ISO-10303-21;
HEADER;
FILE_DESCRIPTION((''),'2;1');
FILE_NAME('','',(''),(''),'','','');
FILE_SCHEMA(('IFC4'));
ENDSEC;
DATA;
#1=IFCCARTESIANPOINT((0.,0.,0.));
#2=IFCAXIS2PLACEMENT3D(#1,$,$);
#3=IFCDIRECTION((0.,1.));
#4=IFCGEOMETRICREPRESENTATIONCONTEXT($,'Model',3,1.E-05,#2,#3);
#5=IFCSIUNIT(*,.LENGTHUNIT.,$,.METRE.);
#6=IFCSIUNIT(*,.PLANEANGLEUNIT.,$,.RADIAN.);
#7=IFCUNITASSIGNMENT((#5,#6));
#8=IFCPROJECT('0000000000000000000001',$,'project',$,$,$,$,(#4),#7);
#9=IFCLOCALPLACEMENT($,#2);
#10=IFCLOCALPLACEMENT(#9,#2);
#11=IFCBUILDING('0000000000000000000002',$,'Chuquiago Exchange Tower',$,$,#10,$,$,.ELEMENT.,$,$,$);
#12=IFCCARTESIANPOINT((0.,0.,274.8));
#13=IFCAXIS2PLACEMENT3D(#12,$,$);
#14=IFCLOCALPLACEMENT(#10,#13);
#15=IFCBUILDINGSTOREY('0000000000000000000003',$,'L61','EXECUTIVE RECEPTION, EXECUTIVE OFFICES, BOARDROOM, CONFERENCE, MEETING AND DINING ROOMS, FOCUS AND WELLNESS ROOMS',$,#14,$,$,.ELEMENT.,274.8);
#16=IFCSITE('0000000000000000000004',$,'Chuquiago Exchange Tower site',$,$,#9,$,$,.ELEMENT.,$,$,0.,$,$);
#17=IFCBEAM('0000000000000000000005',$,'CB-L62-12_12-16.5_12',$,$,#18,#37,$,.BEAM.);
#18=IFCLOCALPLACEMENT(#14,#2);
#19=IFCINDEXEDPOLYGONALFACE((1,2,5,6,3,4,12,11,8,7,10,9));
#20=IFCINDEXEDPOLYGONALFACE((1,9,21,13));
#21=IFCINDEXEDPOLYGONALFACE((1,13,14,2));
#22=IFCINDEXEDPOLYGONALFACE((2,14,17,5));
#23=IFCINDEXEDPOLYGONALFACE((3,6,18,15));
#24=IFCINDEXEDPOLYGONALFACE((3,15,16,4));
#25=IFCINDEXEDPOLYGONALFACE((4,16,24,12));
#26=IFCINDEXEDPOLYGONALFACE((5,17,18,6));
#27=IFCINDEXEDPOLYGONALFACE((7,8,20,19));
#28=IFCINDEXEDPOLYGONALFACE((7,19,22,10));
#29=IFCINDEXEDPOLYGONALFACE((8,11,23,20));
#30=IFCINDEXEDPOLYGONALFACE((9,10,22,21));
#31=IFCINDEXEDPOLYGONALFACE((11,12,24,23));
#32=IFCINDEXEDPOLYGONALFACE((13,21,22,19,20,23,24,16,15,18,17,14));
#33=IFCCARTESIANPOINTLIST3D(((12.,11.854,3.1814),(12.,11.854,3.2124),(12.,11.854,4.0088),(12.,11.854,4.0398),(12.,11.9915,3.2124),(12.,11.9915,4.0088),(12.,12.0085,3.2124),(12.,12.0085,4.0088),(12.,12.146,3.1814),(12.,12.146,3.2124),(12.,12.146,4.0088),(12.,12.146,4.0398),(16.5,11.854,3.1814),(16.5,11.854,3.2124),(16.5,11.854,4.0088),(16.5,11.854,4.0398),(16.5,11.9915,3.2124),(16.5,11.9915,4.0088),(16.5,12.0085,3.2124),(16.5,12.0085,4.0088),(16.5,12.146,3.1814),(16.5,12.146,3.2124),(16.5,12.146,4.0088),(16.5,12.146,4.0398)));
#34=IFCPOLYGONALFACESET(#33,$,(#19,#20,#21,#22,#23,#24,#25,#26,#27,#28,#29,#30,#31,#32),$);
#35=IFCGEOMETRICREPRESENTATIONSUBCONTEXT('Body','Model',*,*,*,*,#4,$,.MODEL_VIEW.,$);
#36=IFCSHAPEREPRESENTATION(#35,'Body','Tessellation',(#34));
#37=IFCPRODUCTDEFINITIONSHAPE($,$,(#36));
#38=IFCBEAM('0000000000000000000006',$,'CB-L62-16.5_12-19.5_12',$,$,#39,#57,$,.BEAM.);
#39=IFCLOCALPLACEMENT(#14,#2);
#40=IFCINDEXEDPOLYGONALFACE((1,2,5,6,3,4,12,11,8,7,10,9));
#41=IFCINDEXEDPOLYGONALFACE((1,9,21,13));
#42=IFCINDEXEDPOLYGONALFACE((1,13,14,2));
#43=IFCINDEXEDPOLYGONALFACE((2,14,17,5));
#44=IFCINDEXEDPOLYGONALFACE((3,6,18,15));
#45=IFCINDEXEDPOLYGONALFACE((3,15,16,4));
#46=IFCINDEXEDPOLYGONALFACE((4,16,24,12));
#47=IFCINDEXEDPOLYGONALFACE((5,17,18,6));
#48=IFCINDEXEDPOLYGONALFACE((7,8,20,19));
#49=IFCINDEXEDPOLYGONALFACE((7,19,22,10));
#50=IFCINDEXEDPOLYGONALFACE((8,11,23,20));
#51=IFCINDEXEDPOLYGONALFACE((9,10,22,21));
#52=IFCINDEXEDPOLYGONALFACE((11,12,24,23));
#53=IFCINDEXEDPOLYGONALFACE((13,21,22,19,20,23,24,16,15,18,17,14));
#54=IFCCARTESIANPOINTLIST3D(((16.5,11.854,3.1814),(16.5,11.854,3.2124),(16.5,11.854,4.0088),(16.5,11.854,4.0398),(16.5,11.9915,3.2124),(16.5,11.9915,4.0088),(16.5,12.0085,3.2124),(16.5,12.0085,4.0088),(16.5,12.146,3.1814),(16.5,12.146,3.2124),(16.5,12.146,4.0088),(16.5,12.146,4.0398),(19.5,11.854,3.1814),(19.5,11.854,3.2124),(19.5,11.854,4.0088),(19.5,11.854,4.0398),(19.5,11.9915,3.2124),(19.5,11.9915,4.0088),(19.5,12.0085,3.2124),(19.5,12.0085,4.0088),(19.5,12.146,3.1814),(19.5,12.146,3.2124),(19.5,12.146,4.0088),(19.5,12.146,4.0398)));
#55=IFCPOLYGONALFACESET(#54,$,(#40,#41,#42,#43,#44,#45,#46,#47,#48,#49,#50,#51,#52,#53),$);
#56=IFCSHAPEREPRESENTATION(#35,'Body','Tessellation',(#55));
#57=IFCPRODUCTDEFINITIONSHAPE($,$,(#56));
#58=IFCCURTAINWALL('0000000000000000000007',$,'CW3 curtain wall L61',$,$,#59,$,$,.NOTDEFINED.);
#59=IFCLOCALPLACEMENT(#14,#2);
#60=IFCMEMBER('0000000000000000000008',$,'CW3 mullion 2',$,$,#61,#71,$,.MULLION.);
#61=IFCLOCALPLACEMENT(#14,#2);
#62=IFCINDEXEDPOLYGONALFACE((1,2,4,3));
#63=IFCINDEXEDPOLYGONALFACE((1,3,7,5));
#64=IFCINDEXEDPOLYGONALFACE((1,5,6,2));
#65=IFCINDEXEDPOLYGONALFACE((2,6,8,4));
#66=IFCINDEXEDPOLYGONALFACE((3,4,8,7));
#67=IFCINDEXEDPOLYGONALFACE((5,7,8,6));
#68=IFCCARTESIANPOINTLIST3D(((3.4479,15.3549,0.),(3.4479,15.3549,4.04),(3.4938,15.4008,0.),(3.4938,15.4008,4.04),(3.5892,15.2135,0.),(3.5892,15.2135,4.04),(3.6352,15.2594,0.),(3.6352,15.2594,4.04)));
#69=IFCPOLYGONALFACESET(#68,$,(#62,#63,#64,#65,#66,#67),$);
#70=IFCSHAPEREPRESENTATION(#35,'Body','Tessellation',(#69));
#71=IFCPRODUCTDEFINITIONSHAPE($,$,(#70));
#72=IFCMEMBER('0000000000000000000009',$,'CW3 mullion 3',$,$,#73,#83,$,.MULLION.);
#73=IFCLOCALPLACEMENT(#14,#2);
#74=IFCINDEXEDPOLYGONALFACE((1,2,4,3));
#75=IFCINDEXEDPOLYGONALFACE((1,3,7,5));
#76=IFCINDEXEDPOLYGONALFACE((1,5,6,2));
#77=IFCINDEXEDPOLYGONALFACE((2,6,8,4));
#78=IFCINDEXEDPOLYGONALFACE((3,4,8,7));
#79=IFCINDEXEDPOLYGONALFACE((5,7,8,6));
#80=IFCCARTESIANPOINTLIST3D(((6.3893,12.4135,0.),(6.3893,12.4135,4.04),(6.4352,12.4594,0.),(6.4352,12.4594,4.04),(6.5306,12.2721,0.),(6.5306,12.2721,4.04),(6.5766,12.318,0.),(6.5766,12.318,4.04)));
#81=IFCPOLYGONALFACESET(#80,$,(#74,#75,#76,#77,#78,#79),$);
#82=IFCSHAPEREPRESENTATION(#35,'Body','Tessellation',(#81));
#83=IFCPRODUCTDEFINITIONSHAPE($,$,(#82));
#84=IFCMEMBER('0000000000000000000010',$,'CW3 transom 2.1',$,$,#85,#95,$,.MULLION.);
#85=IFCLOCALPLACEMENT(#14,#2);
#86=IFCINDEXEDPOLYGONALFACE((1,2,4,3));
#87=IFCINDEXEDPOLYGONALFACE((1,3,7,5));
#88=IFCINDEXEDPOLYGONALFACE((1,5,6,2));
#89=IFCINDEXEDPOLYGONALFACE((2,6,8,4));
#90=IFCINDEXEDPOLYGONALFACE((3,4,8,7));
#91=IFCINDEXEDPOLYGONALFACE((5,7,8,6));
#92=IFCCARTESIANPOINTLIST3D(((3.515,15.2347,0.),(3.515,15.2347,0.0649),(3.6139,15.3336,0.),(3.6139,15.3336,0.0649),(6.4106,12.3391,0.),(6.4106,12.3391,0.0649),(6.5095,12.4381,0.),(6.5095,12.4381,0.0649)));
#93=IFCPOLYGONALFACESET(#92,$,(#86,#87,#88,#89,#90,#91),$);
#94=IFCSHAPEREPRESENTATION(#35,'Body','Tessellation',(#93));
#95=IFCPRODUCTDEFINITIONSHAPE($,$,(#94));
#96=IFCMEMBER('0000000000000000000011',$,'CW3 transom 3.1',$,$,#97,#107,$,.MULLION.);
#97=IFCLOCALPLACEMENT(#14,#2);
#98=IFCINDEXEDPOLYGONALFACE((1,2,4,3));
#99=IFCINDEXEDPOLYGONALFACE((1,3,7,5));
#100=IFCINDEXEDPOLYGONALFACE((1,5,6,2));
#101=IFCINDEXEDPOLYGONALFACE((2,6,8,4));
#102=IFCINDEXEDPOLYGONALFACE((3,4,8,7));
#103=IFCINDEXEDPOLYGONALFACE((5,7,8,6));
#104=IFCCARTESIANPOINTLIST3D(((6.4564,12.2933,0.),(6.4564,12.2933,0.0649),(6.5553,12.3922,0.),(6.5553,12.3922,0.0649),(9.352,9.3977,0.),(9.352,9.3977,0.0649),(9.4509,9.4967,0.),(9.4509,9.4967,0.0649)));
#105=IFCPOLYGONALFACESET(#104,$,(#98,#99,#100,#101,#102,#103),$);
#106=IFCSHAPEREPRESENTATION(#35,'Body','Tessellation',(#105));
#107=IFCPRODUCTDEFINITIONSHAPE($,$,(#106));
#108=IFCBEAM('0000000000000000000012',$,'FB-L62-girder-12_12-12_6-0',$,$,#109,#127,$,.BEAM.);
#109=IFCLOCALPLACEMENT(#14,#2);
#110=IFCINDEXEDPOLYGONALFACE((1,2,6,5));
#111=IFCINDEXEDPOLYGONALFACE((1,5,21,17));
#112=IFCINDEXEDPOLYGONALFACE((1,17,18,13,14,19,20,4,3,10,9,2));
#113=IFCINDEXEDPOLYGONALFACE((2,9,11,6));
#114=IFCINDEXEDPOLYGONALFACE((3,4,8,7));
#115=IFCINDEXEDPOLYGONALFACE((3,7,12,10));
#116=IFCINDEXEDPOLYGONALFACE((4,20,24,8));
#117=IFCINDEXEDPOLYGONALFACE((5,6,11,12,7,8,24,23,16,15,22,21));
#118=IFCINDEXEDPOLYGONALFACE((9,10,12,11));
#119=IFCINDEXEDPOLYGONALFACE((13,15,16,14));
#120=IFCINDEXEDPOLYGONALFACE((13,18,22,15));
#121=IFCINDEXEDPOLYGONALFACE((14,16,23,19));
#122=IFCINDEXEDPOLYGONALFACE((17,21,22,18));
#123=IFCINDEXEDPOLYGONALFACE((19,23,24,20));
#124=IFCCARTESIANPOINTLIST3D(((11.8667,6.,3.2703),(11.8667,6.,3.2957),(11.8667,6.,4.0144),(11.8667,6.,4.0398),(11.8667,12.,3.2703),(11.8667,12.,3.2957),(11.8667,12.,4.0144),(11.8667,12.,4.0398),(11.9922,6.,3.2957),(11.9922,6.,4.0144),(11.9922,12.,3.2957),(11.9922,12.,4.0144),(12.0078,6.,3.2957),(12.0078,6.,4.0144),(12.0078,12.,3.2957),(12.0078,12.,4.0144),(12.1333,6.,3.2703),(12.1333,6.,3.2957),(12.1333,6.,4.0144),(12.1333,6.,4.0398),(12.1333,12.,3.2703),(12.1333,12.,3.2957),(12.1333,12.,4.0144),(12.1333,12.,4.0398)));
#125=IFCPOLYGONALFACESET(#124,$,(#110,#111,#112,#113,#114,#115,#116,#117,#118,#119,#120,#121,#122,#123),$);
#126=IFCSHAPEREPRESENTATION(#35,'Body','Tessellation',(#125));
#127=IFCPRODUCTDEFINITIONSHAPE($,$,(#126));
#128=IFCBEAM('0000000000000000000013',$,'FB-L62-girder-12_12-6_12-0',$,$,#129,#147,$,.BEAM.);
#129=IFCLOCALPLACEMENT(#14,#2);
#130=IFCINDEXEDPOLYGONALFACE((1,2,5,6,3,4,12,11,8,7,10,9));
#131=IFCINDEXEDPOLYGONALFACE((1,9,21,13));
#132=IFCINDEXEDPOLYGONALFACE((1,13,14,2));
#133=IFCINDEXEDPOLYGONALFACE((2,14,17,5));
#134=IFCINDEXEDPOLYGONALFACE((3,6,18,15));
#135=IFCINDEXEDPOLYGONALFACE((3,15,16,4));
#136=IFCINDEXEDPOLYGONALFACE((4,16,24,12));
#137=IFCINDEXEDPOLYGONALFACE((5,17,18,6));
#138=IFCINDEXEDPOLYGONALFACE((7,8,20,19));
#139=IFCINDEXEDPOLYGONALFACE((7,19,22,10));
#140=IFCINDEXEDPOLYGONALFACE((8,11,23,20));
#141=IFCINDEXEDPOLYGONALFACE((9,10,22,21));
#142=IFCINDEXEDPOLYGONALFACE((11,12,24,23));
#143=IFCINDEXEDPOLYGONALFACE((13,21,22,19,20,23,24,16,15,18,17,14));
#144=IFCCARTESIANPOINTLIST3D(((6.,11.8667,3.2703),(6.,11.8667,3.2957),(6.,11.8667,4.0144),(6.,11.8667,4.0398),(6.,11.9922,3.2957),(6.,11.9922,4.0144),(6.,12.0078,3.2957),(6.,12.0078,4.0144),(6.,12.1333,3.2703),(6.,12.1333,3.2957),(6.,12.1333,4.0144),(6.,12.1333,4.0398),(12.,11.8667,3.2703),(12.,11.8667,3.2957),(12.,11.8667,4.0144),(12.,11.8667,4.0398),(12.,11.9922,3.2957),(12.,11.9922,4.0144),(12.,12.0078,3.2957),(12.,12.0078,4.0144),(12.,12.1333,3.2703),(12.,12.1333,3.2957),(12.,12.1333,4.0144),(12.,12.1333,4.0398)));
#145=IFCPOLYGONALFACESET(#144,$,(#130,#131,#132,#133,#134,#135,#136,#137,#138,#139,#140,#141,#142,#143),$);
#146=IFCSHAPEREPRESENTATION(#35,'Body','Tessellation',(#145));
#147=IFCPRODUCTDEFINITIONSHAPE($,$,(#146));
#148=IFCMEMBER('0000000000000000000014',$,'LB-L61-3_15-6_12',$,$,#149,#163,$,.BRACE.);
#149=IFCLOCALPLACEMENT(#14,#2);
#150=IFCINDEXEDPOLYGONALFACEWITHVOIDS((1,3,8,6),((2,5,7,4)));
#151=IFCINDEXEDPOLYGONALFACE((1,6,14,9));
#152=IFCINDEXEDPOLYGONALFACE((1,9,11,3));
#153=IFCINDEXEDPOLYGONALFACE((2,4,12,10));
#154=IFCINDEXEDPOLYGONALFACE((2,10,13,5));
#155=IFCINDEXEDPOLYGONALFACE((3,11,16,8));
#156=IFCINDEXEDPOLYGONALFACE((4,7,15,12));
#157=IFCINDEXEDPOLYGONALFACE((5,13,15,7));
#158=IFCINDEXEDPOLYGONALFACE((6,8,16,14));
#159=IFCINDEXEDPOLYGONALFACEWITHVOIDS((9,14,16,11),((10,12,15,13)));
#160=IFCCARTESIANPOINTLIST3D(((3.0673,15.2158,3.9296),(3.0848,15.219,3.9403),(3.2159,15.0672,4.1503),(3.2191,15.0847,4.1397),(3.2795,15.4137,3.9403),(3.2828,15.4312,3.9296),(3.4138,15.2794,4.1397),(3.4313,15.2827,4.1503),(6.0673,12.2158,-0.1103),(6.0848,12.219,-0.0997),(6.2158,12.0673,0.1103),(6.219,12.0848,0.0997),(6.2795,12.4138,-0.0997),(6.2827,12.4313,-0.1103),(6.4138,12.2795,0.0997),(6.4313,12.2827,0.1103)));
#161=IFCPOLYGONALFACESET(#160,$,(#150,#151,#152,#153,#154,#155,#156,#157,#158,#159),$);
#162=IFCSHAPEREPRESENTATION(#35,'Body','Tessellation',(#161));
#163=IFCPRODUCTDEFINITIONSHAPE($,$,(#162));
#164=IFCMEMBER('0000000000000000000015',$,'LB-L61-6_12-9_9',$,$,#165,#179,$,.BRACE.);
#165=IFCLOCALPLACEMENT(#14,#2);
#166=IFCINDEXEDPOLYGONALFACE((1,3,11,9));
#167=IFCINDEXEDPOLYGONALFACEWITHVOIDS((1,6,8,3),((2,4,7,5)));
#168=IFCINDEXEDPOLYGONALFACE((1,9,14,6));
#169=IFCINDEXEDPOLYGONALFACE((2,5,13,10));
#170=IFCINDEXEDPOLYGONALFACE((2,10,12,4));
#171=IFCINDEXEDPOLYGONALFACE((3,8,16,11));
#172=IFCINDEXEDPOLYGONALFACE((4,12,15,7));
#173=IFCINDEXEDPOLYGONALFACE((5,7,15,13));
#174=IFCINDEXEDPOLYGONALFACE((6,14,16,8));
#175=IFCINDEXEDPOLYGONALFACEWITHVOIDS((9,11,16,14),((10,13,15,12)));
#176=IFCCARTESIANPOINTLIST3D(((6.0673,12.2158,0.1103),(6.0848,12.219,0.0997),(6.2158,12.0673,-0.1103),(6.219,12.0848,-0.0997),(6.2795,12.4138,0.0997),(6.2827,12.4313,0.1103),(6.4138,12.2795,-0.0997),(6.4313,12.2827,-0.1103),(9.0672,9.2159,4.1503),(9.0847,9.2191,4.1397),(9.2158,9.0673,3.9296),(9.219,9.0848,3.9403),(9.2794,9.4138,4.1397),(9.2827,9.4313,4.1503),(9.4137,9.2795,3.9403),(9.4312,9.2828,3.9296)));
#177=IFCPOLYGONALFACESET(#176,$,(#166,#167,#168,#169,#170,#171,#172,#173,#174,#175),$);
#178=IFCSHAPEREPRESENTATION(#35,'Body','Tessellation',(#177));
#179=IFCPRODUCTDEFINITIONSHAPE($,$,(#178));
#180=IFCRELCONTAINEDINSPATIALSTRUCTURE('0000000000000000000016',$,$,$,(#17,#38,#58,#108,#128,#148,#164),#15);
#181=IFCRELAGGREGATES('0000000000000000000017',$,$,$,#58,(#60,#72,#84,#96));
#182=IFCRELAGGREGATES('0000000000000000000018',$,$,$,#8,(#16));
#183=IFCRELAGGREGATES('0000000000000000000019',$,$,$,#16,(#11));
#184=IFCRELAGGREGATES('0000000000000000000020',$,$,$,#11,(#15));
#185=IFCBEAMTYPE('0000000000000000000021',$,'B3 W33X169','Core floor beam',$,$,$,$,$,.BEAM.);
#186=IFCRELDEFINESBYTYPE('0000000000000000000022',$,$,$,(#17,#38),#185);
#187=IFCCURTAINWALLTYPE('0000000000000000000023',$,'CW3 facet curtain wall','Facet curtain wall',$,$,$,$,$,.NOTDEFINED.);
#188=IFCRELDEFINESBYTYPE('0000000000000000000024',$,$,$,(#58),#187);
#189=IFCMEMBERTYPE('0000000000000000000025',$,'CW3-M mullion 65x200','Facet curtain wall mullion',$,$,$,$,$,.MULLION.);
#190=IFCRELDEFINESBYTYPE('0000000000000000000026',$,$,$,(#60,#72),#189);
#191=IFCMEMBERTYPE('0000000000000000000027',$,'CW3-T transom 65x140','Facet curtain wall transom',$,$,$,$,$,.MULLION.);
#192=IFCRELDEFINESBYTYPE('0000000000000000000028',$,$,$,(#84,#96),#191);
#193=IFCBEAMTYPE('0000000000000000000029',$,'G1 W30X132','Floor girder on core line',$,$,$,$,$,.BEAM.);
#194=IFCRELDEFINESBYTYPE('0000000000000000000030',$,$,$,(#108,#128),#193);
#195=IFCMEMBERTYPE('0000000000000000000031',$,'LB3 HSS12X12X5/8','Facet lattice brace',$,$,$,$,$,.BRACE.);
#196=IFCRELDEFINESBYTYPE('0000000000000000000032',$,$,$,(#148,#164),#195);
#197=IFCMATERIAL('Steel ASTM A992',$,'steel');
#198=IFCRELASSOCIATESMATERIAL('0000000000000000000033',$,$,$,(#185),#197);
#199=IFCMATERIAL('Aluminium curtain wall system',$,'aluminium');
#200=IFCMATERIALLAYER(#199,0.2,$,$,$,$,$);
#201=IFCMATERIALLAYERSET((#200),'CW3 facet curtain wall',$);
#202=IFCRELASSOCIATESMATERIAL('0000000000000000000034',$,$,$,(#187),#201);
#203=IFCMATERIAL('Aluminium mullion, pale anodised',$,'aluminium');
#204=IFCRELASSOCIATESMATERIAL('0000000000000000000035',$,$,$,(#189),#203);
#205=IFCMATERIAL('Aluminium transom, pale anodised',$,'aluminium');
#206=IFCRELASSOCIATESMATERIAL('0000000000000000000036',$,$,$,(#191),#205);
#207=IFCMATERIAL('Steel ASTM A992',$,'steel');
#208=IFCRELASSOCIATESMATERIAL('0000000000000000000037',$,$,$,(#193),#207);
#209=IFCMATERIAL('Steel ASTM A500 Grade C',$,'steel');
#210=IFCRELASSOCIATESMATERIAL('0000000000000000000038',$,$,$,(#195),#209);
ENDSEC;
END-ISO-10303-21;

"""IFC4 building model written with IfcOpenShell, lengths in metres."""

from ifc_helpers import new_model, si_unit, direction, frame, origin, origin_2d, place, context, subcontext, project, spatial, rectangle, hollow_rectangle, i_section, extrude, material, layer, layer_set, material_profile, profile_set, type_object, element, aggregate, save


model = new_model("IFC4")

# Units and contexts
model_context = context("Model", 3, precision=1e-05, world=origin(), true_north=direction((0.0, 1.0)))
body_context = subcontext(model_context, "Body", "Model", "MODEL_VIEW")
ifc_project = project(units=[si_unit("LENGTHUNIT", "METRE"), si_unit("PLANEANGLEUNIT", "RADIAN")], contexts=[model_context])

# Site, building, storey
site_placement = place(None, origin())
site = spatial("IfcSite", under=ifc_project, at=site_placement, Name="Chuquiago Exchange Tower site", CompositionType="ELEMENT", RefElevation=0.0)
building_placement = place(site_placement, origin())
building = spatial("IfcBuilding", under=site, at=building_placement, Name="Chuquiago Exchange Tower", CompositionType="ELEMENT")
storey_placement = place(building_placement, frame((0.0, 0.0, 274.8)))
storey = spatial("IfcBuildingStorey", under=building, at=storey_placement, Name="L61", Description="EXECUTIVE RECEPTION, EXECUTIVE OFFICES, BOARDROOM, CONFERENCE, MEETING AND DINING ROOMS, FOCUS AND WELLNESS ROOMS", CompositionType="ELEMENT", Elevation=274.8)

# Beams
ifc_material_1 = material(Name="Steel ASTM A992", Category="steel")
ifc_material_profile_1 = material_profile(ifc_material_1, i_section(OverallWidth=0.292, OverallDepth=0.8584, WebThickness=0.0171, FlangeThickness=0.031, at=origin_2d()), Name="W33X169")
ifc_profile_set_1 = profile_set([ifc_material_profile_1], Name="Steel ASTM A992")
beam_type_1 = type_object("IfcBeamType", Name="B3 W33X169", Description="Core floor beam", PredefinedType="BEAM", material=ifc_profile_set_1)
beam_1_placement = place(storey_placement, frame((12.0, 12.0, 3.6106), z_axis=(1.0, 0.0, 0.0), x_axis=(0.0, 1.0, 0.0)))
element("IfcBeam", 1, at=beam_1_placement, inside=storey, type_object=beam_type_1, Name="CB-L62-12_12-16.5_12", PredefinedType="BEAM", context=body_context, shape_type="SweptSolid", body=[
    extrude(i_section(OverallWidth=0.292, OverallDepth=0.8584, WebThickness=0.0171, FlangeThickness=0.031, at=origin_2d()), origin(), (0.0, 0.0, 1.0), 4.5),
])
beam_2_placement = place(storey_placement, frame((16.5, 12.0, 3.6106), z_axis=(1.0, 0.0, 0.0), x_axis=(0.0, 1.0, 0.0)))
element("IfcBeam", 2, at=beam_2_placement, inside=storey, type_object=beam_type_1, Name="CB-L62-16.5_12-19.5_12", PredefinedType="BEAM", context=body_context, shape_type="SweptSolid", body=[
    extrude(i_section(OverallWidth=0.292, OverallDepth=0.8584, WebThickness=0.0171, FlangeThickness=0.031, at=origin_2d()), origin(), (0.0, 0.0, 1.0), 3.0),
])

# Curtain wall, members
ifc_material_2 = material(Name="Aluminium curtain wall system", Category="aluminium")
ifc_layer_1 = layer(ifc_material_2, 0.2)
ifc_layer_set_1 = layer_set([ifc_layer_1], Name="CW3 facet curtain wall")
curtain_wall_type = type_object("IfcCurtainWallType", Name="CW3 facet curtain wall", Description="Facet curtain wall", PredefinedType="NOTDEFINED", material=ifc_layer_set_1)
curtain_wall_placement = place(storey_placement, origin())
curtain_wall = element("IfcCurtainWall", 3, at=curtain_wall_placement, inside=storey, type_object=curtain_wall_type, Name="CW3 curtain wall L61", PredefinedType="NOTDEFINED")
ifc_material_3 = material(Name="Aluminium mullion, pale anodised", Category="aluminium")
ifc_material_profile_2 = material_profile(ifc_material_3, rectangle(XDim=0.0649, YDim=0.2, at=origin_2d()), Name="AL 65x200")
ifc_profile_set_2 = profile_set([ifc_material_profile_2], Name="Aluminium mullion, pale anodised")
member_type_1 = type_object("IfcMemberType", Name="CW3-M mullion 65x200", Description="Facet curtain wall mullion", PredefinedType="MULLION", material=ifc_profile_set_2)
member_1_placement = place(storey_placement, frame((3.5415, 15.3071, 0.0), z_axis=(0.0, 0.0, 1.0), x_axis=(0.707107, 0.707107, 0.0)))
member_1 = element("IfcMember", 4, at=member_1_placement, type_object=member_type_1, Name="CW3 mullion 2", PredefinedType="MULLION", context=body_context, shape_type="SweptSolid", body=[
    extrude(rectangle(XDim=0.0649, YDim=0.2, at=origin_2d()), origin(), (0.0, 0.0, 1.0), 4.04),
])
member_2_placement = place(storey_placement, frame((6.4829, 12.3657, 0.0), z_axis=(0.0, 0.0, 1.0), x_axis=(0.707107, 0.707107, 0.0)))
member_2 = element("IfcMember", 5, at=member_2_placement, type_object=member_type_1, Name="CW3 mullion 3", PredefinedType="MULLION", context=body_context, shape_type="SweptSolid", body=[
    extrude(rectangle(XDim=0.0649, YDim=0.2, at=origin_2d()), origin(), (0.0, 0.0, 1.0), 4.04),
])
ifc_material_4 = material(Name="Aluminium transom, pale anodised", Category="aluminium")
ifc_material_profile_3 = material_profile(ifc_material_4, rectangle(XDim=0.1399, YDim=0.0649, at=origin_2d()), Name="AL 140x65")
ifc_profile_set_3 = profile_set([ifc_material_profile_3], Name="Aluminium transom, pale anodised")
member_type_2 = type_object("IfcMemberType", Name="CW3-T transom 65x140", Description="Facet curtain wall transom", PredefinedType="MULLION", material=ifc_profile_set_3)
member_3_placement = place(storey_placement, frame((3.5645, 15.2842, 0.0325), z_axis=(0.707107, -0.707107, 0.0), x_axis=(0.707107, 0.707107, 0.0)))
member_3 = element("IfcMember", 6, at=member_3_placement, type_object=member_type_2, Name="CW3 transom 2.1", PredefinedType="MULLION", context=body_context, shape_type="SweptSolid", body=[
    extrude(rectangle(XDim=0.1399, YDim=0.0649, at=origin_2d()), origin(), (0.0, 0.0, 1.0), 4.095),
])
member_4_placement = place(storey_placement, frame((6.5059, 12.3428, 0.0325), z_axis=(0.707107, -0.707107, 0.0), x_axis=(0.707107, 0.707107, 0.0)))
member_4 = element("IfcMember", 7, at=member_4_placement, type_object=member_type_2, Name="CW3 transom 3.1", PredefinedType="MULLION", context=body_context, shape_type="SweptSolid", body=[
    extrude(rectangle(XDim=0.1399, YDim=0.0649, at=origin_2d()), origin(), (0.0, 0.0, 1.0), 4.095),
])

# Beams
ifc_material_5 = material(Name="Steel ASTM A992", Category="steel")
ifc_material_profile_4 = material_profile(ifc_material_5, i_section(OverallWidth=0.2666, OverallDepth=0.7695, WebThickness=0.0156, FlangeThickness=0.0254, at=origin_2d()), Name="W30X132")
ifc_profile_set_4 = profile_set([ifc_material_profile_4], Name="Steel ASTM A992")
beam_type_2 = type_object("IfcBeamType", Name="G1 W30X132", Description="Floor girder on core line", PredefinedType="BEAM", material=ifc_profile_set_4)
for number, where, z_axis, x_axis, name in (
    (8, (12.0, 12.0, 3.655), (0.0, -1.0, 0.0), (1.0, 0.0, 0.0), "FB-L62-girder-12_12-12_6-0"),
    (9, (12.0, 12.0, 3.655), (-1.0, 0.0, 0.0), (0.0, -1.0, 0.0), "FB-L62-girder-12_12-6_12-0"),
):
    element("IfcBeam", number, at=place(storey_placement, frame(where, z_axis=z_axis, x_axis=x_axis)), inside=storey, type_object=beam_type_2, Name=name, PredefinedType="BEAM", context=body_context, shape_type="SweptSolid", body=[
        extrude(i_section(OverallWidth=0.2666, OverallDepth=0.7695, WebThickness=0.0156, FlangeThickness=0.0254, at=origin_2d()), origin(), (0.0, 0.0, 1.0), 6.0),
    ])

# Members
ifc_material_6 = material(Name="Steel ASTM A500 Grade C", Category="steel")
ifc_material_profile_5 = material_profile(ifc_material_6, hollow_rectangle(XDim=0.3047, YDim=0.3047, WallThickness=0.0146, at=origin_2d()), Name="HSS12X12X5/8")
ifc_profile_set_5 = profile_set([ifc_material_profile_5], Name="Steel ASTM A500 Grade C")
member_type_3 = type_object("IfcMemberType", Name="LB3 HSS12X12X5/8", Description="Facet lattice brace", PredefinedType="BRACE", material=ifc_profile_set_5)
for number, where, z_axis, x_axis, name in (
    (10, (6.2493, 12.2493, 0.0), (-0.512077, 0.512077, 0.689604), (-0.707107, -0.707107, 0.0), "LB-L61-3_15-6_12"),
    (11, (6.2493, 12.2493, 0.0), (0.512077, -0.512077, 0.689604), (0.707107, 0.707107, 0.0), "LB-L61-6_12-9_9"),
):
    element("IfcMember", number, at=place(storey_placement, frame(where, z_axis=z_axis, x_axis=x_axis)), inside=storey, type_object=member_type_3, Name=name, PredefinedType="BRACE", context=body_context, shape_type="SweptSolid", body=[
        extrude(hollow_rectangle(XDim=0.3047, YDim=0.3047, WallThickness=0.0146, at=origin_2d()), origin(), (0.0, 0.0, 1.0), 5.8584),
    ])

aggregate(curtain_wall, [member_1, member_2, member_3, member_4])

save(model, "model.ifc")
